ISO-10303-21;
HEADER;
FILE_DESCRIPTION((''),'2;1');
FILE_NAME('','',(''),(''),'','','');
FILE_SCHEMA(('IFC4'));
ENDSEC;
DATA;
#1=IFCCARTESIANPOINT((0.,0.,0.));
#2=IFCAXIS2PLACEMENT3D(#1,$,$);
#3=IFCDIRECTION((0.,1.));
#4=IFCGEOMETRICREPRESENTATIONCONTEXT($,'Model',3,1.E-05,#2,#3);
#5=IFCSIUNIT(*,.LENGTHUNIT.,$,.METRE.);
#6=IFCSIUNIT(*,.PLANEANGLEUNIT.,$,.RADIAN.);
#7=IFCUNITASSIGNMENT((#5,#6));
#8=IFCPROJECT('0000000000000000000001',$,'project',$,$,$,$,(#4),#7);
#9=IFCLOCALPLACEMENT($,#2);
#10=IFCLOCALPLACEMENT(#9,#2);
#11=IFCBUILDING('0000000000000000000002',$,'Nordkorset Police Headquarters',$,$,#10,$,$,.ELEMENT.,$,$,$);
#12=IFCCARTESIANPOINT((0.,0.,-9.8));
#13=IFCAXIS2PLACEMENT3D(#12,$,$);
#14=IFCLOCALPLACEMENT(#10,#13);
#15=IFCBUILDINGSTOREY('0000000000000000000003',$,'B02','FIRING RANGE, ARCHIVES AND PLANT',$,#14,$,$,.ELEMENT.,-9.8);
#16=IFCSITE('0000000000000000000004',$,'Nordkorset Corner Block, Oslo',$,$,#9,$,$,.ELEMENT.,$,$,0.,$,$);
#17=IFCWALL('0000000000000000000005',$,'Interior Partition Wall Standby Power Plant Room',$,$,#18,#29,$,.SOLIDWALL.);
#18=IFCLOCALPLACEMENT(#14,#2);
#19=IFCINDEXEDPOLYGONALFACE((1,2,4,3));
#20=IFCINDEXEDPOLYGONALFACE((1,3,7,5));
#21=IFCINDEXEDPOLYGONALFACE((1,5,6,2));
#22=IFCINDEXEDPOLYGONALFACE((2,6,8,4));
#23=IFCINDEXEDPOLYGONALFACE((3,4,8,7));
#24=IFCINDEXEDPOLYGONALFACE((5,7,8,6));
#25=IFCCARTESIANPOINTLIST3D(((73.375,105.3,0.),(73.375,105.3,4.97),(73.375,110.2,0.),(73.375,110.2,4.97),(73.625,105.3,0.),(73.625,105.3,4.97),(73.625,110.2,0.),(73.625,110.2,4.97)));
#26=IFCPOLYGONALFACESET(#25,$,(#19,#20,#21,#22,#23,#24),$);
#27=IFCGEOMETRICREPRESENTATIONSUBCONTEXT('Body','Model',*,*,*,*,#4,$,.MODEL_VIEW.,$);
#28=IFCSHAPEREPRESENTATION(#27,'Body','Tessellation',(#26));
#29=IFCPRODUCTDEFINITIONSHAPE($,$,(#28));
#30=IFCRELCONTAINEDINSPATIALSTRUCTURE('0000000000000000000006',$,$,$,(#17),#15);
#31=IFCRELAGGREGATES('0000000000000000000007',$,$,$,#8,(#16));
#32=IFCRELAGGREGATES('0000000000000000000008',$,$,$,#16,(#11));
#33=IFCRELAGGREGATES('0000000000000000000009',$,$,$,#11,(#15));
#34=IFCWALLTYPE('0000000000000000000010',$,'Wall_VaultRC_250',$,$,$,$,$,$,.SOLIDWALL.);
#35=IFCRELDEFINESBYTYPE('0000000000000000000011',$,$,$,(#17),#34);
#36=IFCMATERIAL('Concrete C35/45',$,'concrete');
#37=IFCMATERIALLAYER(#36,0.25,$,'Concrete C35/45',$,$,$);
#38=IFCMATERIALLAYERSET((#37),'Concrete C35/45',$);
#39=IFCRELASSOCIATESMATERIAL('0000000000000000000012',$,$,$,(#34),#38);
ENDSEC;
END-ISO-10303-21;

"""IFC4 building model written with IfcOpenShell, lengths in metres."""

from ifc_helpers import new_model, si_unit, direction, frame, frame_2d, origin, place, context, subcontext, project, spatial, rectangle, extrude, material, layer, layer_set, type_object, element, save


model = new_model("IFC4")

# Units and contexts
model_context = context("Model", 3, precision=1e-05, world=origin(), true_north=direction((0.0, 1.0)))
body_context = subcontext(model_context, "Body", "Model", "MODEL_VIEW")
ifc_project = project(units=[si_unit("LENGTHUNIT", "METRE"), si_unit("PLANEANGLEUNIT", "RADIAN")], contexts=[model_context])

# Site, building, storey
site_placement = place(None, origin())
site = spatial("IfcSite", under=ifc_project, at=site_placement, Name="Nordkorset Corner Block, Oslo", CompositionType="ELEMENT", RefElevation=0.0)
building_placement = place(site_placement, origin())
building = spatial("IfcBuilding", under=site, at=building_placement, Name="Nordkorset Police Headquarters", CompositionType="ELEMENT")
storey_placement = place(building_placement, frame((0.0, 0.0, -9.8)))
storey = spatial("IfcBuildingStorey", under=building, at=storey_placement, Name="B02", Description="FIRING RANGE, ARCHIVES AND PLANT", CompositionType="ELEMENT", Elevation=-9.8)

# Shared definitions
ifc_material_1 = material(Name="Concrete C35/45", Category="concrete")
ifc_layer = layer(ifc_material_1, 0.25, Name="Concrete C35/45")
ifc_layer_set = layer_set([ifc_layer], Name="Concrete C35/45")
wall_type = type_object("IfcWallType", Name="Wall_VaultRC_250", PredefinedType="SOLIDWALL", material=ifc_layer_set)

# Wall
wall_1_placement = place(storey_placement, frame((73.5, 110.2, 0.0), z_axis=(0.0, 0.0, 1.0), x_axis=(0.0, -1.0, 0.0)))
element("IfcWall", 1, at=wall_1_placement, inside=storey, type_object=wall_type, Name="Interior Partition Wall Standby Power Plant Room", PredefinedType="SOLIDWALL", context=body_context, shape_type="SweptSolid", body=[
    extrude(rectangle(XDim=4.8999, YDim=0.25, at=frame_2d((2.45, 0.0))), origin(), (0.0, 0.0, 1.0), 4.97),
])

save(model, "model.ifc")
